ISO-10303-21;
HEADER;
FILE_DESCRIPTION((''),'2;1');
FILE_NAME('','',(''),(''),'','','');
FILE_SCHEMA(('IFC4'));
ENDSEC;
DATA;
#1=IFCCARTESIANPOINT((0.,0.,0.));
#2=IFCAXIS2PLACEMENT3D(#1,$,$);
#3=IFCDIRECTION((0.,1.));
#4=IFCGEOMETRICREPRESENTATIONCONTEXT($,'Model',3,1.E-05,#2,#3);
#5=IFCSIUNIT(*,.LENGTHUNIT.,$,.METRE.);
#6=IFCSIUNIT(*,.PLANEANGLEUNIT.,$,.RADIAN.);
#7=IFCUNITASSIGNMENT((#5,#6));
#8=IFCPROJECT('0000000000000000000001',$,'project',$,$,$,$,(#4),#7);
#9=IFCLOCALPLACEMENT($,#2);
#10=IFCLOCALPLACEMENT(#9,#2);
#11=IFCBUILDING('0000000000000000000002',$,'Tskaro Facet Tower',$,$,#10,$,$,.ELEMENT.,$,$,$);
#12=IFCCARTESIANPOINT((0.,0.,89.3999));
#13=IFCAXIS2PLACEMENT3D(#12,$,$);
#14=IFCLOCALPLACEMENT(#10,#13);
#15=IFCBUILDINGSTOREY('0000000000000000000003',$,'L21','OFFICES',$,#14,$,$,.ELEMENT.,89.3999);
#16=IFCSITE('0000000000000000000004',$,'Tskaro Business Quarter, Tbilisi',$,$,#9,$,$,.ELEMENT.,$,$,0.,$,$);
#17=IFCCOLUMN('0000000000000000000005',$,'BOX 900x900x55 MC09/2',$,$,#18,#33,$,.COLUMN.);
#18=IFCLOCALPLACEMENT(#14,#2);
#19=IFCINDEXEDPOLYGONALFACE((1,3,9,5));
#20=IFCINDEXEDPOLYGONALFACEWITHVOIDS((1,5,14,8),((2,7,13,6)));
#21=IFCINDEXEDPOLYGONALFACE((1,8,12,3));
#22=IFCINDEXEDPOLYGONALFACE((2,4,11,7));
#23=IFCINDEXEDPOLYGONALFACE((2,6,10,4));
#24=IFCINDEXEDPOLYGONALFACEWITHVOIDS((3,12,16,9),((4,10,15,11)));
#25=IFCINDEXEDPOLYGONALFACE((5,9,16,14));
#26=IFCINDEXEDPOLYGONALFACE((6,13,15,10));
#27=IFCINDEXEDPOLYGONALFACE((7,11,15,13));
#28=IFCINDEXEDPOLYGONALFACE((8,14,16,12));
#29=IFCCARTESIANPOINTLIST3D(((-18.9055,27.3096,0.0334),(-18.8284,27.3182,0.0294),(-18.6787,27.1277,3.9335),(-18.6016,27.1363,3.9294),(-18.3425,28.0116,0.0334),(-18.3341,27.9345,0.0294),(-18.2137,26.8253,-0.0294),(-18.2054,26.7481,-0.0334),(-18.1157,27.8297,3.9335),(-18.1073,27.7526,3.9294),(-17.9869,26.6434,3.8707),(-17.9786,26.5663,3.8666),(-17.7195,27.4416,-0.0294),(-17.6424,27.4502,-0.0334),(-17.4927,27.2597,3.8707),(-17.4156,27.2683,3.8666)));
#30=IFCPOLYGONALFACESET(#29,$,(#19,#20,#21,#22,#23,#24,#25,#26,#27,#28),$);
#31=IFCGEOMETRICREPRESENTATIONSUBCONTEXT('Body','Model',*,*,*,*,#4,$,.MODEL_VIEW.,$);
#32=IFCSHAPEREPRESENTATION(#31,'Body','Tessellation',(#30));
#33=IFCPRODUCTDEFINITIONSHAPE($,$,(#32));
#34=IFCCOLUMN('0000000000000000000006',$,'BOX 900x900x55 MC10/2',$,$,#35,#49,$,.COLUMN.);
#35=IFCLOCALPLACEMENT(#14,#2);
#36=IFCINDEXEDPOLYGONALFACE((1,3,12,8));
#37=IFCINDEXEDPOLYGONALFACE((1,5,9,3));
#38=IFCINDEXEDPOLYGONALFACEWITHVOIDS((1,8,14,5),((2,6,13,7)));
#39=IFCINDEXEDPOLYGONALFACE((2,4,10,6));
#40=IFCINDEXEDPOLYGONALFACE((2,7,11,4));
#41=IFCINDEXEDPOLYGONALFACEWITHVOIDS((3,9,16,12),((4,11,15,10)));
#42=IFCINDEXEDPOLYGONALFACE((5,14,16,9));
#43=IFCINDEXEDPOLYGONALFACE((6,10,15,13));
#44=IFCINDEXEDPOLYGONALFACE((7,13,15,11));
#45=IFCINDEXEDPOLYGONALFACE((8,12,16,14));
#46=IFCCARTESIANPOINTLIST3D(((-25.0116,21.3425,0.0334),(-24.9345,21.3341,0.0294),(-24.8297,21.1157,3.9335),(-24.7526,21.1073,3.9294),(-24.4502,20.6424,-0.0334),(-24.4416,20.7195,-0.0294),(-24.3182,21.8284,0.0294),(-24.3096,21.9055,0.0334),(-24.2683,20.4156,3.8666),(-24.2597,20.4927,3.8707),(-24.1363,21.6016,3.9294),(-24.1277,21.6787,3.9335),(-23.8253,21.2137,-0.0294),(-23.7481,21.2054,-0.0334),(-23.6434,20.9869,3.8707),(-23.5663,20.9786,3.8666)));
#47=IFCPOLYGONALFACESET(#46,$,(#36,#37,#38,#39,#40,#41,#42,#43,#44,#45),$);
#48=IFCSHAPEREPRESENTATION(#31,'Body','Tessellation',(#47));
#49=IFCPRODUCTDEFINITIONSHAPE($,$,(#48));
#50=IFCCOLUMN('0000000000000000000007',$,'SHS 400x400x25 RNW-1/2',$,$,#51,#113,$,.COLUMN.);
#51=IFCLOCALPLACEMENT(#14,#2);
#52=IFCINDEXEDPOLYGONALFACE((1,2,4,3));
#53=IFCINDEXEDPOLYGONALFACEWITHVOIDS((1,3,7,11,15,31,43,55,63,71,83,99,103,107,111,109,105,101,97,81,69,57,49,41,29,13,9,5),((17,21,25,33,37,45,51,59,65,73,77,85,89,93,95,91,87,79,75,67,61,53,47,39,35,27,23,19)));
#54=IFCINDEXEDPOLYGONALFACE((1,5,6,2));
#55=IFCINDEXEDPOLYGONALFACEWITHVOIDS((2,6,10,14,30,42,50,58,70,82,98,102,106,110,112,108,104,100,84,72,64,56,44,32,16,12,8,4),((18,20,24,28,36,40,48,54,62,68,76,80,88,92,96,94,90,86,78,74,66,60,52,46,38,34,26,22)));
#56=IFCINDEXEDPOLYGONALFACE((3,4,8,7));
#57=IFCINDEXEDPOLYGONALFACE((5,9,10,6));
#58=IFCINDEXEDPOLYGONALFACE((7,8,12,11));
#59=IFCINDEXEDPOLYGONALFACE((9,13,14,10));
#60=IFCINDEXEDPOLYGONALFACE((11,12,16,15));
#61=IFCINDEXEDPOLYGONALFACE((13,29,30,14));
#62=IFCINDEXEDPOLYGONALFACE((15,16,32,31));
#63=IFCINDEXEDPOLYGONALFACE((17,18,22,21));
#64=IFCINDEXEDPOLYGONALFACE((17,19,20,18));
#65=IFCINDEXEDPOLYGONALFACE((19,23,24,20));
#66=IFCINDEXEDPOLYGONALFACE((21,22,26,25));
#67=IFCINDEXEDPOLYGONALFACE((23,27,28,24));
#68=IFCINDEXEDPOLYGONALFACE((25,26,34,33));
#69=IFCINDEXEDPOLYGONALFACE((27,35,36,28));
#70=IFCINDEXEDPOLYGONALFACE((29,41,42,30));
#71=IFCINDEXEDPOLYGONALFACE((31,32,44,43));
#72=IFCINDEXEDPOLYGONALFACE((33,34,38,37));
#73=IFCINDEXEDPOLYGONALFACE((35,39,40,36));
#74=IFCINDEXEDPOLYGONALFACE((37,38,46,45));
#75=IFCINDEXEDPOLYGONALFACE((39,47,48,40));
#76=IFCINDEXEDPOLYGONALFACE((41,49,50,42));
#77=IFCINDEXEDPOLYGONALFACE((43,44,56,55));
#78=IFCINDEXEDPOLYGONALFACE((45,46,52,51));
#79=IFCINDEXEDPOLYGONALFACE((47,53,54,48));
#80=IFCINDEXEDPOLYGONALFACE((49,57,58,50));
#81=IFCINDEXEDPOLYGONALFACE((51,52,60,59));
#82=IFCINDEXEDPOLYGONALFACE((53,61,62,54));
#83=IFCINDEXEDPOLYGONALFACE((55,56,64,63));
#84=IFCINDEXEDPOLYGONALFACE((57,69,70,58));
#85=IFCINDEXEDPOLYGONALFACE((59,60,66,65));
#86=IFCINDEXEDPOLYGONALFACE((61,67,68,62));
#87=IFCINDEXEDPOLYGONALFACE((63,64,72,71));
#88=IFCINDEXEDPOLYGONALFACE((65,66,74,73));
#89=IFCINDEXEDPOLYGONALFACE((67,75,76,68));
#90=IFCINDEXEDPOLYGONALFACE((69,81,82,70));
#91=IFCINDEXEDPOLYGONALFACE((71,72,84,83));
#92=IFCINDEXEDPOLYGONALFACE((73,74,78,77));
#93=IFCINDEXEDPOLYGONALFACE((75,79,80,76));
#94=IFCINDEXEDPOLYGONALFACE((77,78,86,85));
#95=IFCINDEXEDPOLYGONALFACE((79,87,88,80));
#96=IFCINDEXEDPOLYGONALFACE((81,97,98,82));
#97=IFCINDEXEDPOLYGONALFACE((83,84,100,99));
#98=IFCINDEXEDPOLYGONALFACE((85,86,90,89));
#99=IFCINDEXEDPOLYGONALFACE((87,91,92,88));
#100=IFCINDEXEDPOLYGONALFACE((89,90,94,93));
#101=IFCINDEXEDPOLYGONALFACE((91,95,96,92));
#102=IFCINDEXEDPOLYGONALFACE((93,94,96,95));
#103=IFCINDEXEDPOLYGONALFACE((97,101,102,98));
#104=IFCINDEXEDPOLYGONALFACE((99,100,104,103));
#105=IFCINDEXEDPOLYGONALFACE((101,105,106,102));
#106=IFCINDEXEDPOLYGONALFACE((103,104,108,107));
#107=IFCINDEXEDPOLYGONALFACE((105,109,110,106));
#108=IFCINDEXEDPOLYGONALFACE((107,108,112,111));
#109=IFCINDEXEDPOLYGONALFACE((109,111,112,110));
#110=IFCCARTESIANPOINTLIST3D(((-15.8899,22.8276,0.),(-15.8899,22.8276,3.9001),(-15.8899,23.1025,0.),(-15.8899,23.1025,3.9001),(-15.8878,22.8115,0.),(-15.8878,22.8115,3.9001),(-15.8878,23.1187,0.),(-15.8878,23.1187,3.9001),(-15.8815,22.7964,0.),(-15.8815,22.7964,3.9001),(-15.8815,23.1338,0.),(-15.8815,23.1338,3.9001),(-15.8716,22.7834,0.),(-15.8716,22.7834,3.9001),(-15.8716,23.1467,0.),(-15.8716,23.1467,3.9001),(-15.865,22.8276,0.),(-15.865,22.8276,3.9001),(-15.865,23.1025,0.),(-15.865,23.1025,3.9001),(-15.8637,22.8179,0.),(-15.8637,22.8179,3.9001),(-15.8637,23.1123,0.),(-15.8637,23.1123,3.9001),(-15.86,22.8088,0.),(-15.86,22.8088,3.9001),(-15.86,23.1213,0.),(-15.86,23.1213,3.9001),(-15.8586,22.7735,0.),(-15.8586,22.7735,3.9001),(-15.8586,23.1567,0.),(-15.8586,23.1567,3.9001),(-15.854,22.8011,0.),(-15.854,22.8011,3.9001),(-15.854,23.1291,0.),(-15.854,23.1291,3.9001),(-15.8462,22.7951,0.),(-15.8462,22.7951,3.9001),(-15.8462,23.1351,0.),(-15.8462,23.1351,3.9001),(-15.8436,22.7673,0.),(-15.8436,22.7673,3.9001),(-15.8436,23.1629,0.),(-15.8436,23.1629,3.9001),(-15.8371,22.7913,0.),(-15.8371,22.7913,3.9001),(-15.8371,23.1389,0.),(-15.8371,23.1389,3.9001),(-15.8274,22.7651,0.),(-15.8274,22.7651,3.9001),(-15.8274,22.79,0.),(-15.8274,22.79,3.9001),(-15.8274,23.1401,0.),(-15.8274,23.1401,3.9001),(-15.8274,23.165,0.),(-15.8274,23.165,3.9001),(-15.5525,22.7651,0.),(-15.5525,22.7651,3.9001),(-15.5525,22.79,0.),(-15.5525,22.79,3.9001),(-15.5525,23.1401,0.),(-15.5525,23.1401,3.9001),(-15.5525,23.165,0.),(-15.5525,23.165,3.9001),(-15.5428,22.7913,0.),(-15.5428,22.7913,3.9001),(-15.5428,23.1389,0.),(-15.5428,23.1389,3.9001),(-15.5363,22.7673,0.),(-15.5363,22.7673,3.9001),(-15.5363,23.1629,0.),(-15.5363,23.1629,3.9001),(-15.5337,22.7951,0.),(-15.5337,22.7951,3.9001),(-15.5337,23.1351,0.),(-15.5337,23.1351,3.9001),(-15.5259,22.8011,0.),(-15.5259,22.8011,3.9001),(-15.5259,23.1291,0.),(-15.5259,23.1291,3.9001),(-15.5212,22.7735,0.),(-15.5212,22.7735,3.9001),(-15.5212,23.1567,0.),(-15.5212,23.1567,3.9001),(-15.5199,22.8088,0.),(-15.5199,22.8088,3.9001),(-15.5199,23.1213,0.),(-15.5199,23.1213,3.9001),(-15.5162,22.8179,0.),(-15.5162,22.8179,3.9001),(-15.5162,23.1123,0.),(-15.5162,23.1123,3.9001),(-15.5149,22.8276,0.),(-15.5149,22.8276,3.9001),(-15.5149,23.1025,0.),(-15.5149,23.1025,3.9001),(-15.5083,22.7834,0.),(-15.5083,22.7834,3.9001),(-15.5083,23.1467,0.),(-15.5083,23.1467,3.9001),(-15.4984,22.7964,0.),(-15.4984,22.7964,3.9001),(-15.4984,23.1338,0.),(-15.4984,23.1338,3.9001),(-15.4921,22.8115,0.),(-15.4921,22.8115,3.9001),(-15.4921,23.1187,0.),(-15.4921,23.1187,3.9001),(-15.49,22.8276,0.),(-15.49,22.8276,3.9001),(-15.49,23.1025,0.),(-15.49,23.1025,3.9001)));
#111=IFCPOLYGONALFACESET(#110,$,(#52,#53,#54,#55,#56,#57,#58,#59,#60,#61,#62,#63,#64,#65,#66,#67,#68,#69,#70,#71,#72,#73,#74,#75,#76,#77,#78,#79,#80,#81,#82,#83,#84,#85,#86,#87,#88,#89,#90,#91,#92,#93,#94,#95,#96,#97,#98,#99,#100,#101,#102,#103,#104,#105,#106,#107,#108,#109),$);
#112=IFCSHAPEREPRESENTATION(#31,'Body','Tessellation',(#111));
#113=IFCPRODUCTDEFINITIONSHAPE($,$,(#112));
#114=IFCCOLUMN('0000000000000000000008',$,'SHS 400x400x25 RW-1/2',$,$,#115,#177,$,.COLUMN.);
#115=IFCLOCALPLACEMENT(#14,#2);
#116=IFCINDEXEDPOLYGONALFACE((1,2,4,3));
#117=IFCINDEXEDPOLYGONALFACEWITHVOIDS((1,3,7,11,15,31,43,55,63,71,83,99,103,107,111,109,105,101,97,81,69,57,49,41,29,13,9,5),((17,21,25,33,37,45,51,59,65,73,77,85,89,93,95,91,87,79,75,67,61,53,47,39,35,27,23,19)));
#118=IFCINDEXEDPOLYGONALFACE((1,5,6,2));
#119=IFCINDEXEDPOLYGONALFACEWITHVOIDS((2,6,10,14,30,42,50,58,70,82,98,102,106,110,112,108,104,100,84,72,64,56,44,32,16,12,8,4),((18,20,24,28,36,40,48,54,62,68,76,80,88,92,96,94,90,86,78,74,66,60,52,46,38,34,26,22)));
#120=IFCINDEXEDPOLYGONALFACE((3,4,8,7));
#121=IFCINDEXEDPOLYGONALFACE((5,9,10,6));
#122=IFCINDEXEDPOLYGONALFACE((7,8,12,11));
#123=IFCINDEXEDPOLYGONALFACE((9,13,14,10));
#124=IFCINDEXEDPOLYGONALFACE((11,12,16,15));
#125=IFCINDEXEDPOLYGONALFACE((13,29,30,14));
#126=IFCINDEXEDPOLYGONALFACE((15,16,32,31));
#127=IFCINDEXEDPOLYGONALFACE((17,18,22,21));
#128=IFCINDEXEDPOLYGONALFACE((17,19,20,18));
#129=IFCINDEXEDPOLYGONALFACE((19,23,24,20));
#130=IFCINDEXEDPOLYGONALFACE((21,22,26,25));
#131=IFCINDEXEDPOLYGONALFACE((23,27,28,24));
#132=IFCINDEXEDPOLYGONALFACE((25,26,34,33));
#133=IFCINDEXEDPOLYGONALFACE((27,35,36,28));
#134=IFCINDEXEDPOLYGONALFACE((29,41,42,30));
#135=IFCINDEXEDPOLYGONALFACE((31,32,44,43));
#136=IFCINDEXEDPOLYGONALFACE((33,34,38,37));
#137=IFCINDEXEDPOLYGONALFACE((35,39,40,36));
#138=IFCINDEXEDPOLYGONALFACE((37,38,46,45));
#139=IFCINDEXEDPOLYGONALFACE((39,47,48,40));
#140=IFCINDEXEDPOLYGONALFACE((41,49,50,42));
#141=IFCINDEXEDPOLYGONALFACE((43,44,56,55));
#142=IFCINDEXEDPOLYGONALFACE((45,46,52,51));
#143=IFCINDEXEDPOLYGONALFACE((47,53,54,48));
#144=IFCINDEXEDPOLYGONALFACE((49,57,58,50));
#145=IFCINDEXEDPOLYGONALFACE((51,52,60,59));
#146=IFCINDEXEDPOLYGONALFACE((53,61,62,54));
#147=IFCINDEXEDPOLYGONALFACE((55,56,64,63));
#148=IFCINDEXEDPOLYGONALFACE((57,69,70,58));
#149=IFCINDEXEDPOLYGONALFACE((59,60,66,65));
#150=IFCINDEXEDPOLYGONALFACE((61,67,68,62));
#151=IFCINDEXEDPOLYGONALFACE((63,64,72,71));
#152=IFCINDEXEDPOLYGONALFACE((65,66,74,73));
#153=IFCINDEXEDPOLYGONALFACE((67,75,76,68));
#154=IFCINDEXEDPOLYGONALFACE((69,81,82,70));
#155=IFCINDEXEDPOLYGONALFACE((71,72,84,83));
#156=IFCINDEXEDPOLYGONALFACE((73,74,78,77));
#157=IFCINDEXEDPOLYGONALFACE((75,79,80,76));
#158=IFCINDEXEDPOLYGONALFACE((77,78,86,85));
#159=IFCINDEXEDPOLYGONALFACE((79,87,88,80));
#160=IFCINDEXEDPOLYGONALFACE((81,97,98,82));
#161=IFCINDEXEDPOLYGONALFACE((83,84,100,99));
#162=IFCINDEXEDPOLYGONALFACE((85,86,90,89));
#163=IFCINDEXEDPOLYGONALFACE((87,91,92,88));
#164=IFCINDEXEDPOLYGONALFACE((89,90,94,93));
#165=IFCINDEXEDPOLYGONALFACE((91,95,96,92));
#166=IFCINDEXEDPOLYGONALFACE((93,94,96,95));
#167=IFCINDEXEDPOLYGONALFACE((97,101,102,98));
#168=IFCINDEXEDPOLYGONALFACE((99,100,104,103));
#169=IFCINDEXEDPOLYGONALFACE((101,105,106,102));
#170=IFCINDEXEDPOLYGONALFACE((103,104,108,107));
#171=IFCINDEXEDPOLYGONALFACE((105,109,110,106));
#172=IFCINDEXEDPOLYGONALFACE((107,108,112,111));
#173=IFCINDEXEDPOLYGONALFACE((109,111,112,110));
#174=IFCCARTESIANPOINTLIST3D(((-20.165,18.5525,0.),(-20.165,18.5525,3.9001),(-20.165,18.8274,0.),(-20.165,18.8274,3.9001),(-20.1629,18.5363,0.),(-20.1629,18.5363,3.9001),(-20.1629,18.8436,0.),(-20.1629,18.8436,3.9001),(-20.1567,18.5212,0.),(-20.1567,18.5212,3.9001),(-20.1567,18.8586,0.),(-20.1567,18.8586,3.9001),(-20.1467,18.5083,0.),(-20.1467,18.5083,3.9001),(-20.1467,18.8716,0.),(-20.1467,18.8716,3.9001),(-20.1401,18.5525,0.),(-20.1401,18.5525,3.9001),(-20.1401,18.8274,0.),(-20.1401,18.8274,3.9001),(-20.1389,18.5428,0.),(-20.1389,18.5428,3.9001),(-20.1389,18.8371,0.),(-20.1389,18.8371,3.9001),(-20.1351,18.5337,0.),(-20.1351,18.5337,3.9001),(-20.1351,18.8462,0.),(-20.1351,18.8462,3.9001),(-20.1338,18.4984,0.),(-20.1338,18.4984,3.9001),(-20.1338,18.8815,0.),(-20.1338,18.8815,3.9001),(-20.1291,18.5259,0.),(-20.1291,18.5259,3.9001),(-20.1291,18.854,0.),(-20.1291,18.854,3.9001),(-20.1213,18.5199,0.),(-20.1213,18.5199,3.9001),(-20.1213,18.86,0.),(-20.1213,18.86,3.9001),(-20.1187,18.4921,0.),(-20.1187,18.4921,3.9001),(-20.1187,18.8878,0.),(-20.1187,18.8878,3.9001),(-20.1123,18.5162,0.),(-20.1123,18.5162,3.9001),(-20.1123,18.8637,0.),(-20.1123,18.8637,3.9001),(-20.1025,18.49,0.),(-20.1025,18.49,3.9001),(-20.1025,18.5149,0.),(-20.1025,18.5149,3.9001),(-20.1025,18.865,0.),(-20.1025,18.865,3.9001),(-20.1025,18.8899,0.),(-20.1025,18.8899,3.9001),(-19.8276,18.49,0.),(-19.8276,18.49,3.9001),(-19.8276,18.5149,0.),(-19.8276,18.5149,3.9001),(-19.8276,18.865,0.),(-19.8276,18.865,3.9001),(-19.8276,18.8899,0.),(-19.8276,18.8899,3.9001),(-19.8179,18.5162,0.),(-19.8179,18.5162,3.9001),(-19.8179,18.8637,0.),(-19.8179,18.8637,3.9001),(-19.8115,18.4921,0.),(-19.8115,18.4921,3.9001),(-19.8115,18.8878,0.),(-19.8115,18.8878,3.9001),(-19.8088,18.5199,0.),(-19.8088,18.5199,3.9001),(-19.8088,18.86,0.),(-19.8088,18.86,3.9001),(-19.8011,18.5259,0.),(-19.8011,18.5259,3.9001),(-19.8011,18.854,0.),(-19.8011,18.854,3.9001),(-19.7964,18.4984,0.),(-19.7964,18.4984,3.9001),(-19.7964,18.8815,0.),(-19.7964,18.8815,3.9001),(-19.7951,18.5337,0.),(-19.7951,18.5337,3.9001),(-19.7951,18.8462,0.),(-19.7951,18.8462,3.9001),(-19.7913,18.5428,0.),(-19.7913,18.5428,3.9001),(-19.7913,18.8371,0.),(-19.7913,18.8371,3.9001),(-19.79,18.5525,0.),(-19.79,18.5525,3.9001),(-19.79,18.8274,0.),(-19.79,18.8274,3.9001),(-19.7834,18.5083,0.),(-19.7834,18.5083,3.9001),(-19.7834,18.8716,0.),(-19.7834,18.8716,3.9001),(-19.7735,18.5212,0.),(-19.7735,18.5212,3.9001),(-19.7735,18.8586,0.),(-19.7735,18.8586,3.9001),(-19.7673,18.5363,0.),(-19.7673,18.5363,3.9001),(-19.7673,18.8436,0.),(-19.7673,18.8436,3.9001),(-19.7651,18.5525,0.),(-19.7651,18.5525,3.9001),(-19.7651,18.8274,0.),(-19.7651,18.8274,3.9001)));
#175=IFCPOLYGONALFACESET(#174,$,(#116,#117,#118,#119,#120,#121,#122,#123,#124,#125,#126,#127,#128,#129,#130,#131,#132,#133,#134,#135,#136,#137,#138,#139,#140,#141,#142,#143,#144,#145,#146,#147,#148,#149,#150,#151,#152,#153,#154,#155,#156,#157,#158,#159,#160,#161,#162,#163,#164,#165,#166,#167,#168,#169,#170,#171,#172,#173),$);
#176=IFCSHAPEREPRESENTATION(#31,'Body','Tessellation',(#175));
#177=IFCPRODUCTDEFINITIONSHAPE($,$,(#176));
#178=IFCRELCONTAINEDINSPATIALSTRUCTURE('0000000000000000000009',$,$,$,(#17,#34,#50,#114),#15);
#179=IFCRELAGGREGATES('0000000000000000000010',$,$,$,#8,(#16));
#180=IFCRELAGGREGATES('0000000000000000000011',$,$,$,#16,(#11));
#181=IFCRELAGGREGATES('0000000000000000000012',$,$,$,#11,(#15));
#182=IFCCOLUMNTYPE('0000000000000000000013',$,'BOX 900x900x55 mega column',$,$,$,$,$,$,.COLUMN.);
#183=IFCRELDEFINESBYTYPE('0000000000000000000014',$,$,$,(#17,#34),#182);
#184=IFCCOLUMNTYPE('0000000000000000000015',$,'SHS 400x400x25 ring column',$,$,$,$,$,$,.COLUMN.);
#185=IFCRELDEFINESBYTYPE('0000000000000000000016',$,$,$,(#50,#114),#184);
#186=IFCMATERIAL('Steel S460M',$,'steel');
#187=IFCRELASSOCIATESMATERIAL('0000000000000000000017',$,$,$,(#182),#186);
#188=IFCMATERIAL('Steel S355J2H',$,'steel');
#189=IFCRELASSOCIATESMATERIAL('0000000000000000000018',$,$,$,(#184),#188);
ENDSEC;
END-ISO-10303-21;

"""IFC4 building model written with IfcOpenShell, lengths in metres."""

from ifc_helpers import new_model, si_unit, direction, frame, origin, origin_2d, place, context, subcontext, project, spatial, hollow_rectangle, extrude, material, material_profile, profile_set, type_object, element, save


model = new_model("IFC4")

# Units and contexts
model_context = context("Model", 3, precision=1e-05, world=origin(), true_north=direction((0.0, 1.0)))
body_context = subcontext(model_context, "Body", "Model", "MODEL_VIEW")
ifc_project = project(units=[si_unit("LENGTHUNIT", "METRE"), si_unit("PLANEANGLEUNIT", "RADIAN")], contexts=[model_context])

# Site, building, storey
site_placement = place(None, origin())
site = spatial("IfcSite", under=ifc_project, at=site_placement, Name="Tskaro Business Quarter, Tbilisi", CompositionType="ELEMENT", RefElevation=0.0)
building_placement = place(site_placement, origin())
building = spatial("IfcBuilding", under=site, at=building_placement, Name="Tskaro Facet Tower", CompositionType="ELEMENT")
storey_placement = place(building_placement, frame((0.0, 0.0, 89.3999)))
storey = spatial("IfcBuildingStorey", under=building, at=storey_placement, Name="L21", Description="OFFICES", CompositionType="ELEMENT", Elevation=89.3999)

# Columns
ifc_material_1 = material(Name="Steel S460M", Category="steel")
ifc_material_profile_1 = material_profile(ifc_material_1, hollow_rectangle(XDim=0.8999, YDim=0.8999, WallThickness=0.0549, at=origin_2d()), Name="BOX 900x900x55")
ifc_profile_set_1 = profile_set([ifc_material_profile_1], Name="Steel S460M")
column_type_1 = type_object("IfcColumnType", Name="BOX 900x900x55 mega column", PredefinedType="COLUMN", material=ifc_profile_set_1)
for number, where, z_axis, x_axis, name in (
    (1, (-18.2739, 27.3799, 0.0), (0.057992, -0.046506, 0.997233), (0.625616, 0.780131, 0.0), "BOX 900x900x55 MC09/2"),
    (2, (-24.3799, 21.2739, 0.0), (0.046506, -0.057992, 0.997233), (0.780131, 0.625616, 0.0), "BOX 900x900x55 MC10/2"),
):
    element("IfcColumn", number, at=place(storey_placement, frame(where, z_axis=z_axis, x_axis=x_axis)), inside=storey, type_object=column_type_1, Name=name, PredefinedType="COLUMN", context=body_context, shape_type="SweptSolid", body=[
        extrude(hollow_rectangle(XDim=0.8999, YDim=0.8999, WallThickness=0.0549, at=origin_2d()), origin(), (0.0, 0.0, 1.0), 3.9109),
    ])
ifc_material_2 = material(Name="Steel S355J2H", Category="steel")
ifc_material_profile_2 = material_profile(ifc_material_2, hollow_rectangle(XDim=0.3999, YDim=0.3999, WallThickness=0.0249, InnerFilletRadius=0.0376, OuterFilletRadius=0.0625, at=origin_2d()), Name="SHS 400x400x25")
ifc_profile_set_2 = profile_set([ifc_material_profile_2], Name="Steel S355J2H")
column_type_2 = type_object("IfcColumnType", Name="SHS 400x400x25 ring column", PredefinedType="COLUMN", material=ifc_profile_set_2)
for number, where, z_axis, x_axis, name in (
    (3, (-15.6899, 22.9651, 0.0), (0.0, 0.0, 1.0), (1.0, 0.0, 0.0), "SHS 400x400x25 RNW-1/2"),
    (4, (-19.9651, 18.6899, 0.0), (0.0, 0.0, 1.0), (1.0, 0.0, 0.0), "SHS 400x400x25 RW-1/2"),
):
    element("IfcColumn", number, at=place(storey_placement, frame(where, z_axis=z_axis, x_axis=x_axis)), inside=storey, type_object=column_type_2, Name=name, PredefinedType="COLUMN", context=body_context, shape_type="SweptSolid", body=[
        extrude(hollow_rectangle(XDim=0.3999, YDim=0.3999, WallThickness=0.0249, InnerFilletRadius=0.0376, OuterFilletRadius=0.0625, at=origin_2d()), origin(), (0.0, 0.0, 1.0), 3.9001),
    ])

save(model, "model.ifc")
